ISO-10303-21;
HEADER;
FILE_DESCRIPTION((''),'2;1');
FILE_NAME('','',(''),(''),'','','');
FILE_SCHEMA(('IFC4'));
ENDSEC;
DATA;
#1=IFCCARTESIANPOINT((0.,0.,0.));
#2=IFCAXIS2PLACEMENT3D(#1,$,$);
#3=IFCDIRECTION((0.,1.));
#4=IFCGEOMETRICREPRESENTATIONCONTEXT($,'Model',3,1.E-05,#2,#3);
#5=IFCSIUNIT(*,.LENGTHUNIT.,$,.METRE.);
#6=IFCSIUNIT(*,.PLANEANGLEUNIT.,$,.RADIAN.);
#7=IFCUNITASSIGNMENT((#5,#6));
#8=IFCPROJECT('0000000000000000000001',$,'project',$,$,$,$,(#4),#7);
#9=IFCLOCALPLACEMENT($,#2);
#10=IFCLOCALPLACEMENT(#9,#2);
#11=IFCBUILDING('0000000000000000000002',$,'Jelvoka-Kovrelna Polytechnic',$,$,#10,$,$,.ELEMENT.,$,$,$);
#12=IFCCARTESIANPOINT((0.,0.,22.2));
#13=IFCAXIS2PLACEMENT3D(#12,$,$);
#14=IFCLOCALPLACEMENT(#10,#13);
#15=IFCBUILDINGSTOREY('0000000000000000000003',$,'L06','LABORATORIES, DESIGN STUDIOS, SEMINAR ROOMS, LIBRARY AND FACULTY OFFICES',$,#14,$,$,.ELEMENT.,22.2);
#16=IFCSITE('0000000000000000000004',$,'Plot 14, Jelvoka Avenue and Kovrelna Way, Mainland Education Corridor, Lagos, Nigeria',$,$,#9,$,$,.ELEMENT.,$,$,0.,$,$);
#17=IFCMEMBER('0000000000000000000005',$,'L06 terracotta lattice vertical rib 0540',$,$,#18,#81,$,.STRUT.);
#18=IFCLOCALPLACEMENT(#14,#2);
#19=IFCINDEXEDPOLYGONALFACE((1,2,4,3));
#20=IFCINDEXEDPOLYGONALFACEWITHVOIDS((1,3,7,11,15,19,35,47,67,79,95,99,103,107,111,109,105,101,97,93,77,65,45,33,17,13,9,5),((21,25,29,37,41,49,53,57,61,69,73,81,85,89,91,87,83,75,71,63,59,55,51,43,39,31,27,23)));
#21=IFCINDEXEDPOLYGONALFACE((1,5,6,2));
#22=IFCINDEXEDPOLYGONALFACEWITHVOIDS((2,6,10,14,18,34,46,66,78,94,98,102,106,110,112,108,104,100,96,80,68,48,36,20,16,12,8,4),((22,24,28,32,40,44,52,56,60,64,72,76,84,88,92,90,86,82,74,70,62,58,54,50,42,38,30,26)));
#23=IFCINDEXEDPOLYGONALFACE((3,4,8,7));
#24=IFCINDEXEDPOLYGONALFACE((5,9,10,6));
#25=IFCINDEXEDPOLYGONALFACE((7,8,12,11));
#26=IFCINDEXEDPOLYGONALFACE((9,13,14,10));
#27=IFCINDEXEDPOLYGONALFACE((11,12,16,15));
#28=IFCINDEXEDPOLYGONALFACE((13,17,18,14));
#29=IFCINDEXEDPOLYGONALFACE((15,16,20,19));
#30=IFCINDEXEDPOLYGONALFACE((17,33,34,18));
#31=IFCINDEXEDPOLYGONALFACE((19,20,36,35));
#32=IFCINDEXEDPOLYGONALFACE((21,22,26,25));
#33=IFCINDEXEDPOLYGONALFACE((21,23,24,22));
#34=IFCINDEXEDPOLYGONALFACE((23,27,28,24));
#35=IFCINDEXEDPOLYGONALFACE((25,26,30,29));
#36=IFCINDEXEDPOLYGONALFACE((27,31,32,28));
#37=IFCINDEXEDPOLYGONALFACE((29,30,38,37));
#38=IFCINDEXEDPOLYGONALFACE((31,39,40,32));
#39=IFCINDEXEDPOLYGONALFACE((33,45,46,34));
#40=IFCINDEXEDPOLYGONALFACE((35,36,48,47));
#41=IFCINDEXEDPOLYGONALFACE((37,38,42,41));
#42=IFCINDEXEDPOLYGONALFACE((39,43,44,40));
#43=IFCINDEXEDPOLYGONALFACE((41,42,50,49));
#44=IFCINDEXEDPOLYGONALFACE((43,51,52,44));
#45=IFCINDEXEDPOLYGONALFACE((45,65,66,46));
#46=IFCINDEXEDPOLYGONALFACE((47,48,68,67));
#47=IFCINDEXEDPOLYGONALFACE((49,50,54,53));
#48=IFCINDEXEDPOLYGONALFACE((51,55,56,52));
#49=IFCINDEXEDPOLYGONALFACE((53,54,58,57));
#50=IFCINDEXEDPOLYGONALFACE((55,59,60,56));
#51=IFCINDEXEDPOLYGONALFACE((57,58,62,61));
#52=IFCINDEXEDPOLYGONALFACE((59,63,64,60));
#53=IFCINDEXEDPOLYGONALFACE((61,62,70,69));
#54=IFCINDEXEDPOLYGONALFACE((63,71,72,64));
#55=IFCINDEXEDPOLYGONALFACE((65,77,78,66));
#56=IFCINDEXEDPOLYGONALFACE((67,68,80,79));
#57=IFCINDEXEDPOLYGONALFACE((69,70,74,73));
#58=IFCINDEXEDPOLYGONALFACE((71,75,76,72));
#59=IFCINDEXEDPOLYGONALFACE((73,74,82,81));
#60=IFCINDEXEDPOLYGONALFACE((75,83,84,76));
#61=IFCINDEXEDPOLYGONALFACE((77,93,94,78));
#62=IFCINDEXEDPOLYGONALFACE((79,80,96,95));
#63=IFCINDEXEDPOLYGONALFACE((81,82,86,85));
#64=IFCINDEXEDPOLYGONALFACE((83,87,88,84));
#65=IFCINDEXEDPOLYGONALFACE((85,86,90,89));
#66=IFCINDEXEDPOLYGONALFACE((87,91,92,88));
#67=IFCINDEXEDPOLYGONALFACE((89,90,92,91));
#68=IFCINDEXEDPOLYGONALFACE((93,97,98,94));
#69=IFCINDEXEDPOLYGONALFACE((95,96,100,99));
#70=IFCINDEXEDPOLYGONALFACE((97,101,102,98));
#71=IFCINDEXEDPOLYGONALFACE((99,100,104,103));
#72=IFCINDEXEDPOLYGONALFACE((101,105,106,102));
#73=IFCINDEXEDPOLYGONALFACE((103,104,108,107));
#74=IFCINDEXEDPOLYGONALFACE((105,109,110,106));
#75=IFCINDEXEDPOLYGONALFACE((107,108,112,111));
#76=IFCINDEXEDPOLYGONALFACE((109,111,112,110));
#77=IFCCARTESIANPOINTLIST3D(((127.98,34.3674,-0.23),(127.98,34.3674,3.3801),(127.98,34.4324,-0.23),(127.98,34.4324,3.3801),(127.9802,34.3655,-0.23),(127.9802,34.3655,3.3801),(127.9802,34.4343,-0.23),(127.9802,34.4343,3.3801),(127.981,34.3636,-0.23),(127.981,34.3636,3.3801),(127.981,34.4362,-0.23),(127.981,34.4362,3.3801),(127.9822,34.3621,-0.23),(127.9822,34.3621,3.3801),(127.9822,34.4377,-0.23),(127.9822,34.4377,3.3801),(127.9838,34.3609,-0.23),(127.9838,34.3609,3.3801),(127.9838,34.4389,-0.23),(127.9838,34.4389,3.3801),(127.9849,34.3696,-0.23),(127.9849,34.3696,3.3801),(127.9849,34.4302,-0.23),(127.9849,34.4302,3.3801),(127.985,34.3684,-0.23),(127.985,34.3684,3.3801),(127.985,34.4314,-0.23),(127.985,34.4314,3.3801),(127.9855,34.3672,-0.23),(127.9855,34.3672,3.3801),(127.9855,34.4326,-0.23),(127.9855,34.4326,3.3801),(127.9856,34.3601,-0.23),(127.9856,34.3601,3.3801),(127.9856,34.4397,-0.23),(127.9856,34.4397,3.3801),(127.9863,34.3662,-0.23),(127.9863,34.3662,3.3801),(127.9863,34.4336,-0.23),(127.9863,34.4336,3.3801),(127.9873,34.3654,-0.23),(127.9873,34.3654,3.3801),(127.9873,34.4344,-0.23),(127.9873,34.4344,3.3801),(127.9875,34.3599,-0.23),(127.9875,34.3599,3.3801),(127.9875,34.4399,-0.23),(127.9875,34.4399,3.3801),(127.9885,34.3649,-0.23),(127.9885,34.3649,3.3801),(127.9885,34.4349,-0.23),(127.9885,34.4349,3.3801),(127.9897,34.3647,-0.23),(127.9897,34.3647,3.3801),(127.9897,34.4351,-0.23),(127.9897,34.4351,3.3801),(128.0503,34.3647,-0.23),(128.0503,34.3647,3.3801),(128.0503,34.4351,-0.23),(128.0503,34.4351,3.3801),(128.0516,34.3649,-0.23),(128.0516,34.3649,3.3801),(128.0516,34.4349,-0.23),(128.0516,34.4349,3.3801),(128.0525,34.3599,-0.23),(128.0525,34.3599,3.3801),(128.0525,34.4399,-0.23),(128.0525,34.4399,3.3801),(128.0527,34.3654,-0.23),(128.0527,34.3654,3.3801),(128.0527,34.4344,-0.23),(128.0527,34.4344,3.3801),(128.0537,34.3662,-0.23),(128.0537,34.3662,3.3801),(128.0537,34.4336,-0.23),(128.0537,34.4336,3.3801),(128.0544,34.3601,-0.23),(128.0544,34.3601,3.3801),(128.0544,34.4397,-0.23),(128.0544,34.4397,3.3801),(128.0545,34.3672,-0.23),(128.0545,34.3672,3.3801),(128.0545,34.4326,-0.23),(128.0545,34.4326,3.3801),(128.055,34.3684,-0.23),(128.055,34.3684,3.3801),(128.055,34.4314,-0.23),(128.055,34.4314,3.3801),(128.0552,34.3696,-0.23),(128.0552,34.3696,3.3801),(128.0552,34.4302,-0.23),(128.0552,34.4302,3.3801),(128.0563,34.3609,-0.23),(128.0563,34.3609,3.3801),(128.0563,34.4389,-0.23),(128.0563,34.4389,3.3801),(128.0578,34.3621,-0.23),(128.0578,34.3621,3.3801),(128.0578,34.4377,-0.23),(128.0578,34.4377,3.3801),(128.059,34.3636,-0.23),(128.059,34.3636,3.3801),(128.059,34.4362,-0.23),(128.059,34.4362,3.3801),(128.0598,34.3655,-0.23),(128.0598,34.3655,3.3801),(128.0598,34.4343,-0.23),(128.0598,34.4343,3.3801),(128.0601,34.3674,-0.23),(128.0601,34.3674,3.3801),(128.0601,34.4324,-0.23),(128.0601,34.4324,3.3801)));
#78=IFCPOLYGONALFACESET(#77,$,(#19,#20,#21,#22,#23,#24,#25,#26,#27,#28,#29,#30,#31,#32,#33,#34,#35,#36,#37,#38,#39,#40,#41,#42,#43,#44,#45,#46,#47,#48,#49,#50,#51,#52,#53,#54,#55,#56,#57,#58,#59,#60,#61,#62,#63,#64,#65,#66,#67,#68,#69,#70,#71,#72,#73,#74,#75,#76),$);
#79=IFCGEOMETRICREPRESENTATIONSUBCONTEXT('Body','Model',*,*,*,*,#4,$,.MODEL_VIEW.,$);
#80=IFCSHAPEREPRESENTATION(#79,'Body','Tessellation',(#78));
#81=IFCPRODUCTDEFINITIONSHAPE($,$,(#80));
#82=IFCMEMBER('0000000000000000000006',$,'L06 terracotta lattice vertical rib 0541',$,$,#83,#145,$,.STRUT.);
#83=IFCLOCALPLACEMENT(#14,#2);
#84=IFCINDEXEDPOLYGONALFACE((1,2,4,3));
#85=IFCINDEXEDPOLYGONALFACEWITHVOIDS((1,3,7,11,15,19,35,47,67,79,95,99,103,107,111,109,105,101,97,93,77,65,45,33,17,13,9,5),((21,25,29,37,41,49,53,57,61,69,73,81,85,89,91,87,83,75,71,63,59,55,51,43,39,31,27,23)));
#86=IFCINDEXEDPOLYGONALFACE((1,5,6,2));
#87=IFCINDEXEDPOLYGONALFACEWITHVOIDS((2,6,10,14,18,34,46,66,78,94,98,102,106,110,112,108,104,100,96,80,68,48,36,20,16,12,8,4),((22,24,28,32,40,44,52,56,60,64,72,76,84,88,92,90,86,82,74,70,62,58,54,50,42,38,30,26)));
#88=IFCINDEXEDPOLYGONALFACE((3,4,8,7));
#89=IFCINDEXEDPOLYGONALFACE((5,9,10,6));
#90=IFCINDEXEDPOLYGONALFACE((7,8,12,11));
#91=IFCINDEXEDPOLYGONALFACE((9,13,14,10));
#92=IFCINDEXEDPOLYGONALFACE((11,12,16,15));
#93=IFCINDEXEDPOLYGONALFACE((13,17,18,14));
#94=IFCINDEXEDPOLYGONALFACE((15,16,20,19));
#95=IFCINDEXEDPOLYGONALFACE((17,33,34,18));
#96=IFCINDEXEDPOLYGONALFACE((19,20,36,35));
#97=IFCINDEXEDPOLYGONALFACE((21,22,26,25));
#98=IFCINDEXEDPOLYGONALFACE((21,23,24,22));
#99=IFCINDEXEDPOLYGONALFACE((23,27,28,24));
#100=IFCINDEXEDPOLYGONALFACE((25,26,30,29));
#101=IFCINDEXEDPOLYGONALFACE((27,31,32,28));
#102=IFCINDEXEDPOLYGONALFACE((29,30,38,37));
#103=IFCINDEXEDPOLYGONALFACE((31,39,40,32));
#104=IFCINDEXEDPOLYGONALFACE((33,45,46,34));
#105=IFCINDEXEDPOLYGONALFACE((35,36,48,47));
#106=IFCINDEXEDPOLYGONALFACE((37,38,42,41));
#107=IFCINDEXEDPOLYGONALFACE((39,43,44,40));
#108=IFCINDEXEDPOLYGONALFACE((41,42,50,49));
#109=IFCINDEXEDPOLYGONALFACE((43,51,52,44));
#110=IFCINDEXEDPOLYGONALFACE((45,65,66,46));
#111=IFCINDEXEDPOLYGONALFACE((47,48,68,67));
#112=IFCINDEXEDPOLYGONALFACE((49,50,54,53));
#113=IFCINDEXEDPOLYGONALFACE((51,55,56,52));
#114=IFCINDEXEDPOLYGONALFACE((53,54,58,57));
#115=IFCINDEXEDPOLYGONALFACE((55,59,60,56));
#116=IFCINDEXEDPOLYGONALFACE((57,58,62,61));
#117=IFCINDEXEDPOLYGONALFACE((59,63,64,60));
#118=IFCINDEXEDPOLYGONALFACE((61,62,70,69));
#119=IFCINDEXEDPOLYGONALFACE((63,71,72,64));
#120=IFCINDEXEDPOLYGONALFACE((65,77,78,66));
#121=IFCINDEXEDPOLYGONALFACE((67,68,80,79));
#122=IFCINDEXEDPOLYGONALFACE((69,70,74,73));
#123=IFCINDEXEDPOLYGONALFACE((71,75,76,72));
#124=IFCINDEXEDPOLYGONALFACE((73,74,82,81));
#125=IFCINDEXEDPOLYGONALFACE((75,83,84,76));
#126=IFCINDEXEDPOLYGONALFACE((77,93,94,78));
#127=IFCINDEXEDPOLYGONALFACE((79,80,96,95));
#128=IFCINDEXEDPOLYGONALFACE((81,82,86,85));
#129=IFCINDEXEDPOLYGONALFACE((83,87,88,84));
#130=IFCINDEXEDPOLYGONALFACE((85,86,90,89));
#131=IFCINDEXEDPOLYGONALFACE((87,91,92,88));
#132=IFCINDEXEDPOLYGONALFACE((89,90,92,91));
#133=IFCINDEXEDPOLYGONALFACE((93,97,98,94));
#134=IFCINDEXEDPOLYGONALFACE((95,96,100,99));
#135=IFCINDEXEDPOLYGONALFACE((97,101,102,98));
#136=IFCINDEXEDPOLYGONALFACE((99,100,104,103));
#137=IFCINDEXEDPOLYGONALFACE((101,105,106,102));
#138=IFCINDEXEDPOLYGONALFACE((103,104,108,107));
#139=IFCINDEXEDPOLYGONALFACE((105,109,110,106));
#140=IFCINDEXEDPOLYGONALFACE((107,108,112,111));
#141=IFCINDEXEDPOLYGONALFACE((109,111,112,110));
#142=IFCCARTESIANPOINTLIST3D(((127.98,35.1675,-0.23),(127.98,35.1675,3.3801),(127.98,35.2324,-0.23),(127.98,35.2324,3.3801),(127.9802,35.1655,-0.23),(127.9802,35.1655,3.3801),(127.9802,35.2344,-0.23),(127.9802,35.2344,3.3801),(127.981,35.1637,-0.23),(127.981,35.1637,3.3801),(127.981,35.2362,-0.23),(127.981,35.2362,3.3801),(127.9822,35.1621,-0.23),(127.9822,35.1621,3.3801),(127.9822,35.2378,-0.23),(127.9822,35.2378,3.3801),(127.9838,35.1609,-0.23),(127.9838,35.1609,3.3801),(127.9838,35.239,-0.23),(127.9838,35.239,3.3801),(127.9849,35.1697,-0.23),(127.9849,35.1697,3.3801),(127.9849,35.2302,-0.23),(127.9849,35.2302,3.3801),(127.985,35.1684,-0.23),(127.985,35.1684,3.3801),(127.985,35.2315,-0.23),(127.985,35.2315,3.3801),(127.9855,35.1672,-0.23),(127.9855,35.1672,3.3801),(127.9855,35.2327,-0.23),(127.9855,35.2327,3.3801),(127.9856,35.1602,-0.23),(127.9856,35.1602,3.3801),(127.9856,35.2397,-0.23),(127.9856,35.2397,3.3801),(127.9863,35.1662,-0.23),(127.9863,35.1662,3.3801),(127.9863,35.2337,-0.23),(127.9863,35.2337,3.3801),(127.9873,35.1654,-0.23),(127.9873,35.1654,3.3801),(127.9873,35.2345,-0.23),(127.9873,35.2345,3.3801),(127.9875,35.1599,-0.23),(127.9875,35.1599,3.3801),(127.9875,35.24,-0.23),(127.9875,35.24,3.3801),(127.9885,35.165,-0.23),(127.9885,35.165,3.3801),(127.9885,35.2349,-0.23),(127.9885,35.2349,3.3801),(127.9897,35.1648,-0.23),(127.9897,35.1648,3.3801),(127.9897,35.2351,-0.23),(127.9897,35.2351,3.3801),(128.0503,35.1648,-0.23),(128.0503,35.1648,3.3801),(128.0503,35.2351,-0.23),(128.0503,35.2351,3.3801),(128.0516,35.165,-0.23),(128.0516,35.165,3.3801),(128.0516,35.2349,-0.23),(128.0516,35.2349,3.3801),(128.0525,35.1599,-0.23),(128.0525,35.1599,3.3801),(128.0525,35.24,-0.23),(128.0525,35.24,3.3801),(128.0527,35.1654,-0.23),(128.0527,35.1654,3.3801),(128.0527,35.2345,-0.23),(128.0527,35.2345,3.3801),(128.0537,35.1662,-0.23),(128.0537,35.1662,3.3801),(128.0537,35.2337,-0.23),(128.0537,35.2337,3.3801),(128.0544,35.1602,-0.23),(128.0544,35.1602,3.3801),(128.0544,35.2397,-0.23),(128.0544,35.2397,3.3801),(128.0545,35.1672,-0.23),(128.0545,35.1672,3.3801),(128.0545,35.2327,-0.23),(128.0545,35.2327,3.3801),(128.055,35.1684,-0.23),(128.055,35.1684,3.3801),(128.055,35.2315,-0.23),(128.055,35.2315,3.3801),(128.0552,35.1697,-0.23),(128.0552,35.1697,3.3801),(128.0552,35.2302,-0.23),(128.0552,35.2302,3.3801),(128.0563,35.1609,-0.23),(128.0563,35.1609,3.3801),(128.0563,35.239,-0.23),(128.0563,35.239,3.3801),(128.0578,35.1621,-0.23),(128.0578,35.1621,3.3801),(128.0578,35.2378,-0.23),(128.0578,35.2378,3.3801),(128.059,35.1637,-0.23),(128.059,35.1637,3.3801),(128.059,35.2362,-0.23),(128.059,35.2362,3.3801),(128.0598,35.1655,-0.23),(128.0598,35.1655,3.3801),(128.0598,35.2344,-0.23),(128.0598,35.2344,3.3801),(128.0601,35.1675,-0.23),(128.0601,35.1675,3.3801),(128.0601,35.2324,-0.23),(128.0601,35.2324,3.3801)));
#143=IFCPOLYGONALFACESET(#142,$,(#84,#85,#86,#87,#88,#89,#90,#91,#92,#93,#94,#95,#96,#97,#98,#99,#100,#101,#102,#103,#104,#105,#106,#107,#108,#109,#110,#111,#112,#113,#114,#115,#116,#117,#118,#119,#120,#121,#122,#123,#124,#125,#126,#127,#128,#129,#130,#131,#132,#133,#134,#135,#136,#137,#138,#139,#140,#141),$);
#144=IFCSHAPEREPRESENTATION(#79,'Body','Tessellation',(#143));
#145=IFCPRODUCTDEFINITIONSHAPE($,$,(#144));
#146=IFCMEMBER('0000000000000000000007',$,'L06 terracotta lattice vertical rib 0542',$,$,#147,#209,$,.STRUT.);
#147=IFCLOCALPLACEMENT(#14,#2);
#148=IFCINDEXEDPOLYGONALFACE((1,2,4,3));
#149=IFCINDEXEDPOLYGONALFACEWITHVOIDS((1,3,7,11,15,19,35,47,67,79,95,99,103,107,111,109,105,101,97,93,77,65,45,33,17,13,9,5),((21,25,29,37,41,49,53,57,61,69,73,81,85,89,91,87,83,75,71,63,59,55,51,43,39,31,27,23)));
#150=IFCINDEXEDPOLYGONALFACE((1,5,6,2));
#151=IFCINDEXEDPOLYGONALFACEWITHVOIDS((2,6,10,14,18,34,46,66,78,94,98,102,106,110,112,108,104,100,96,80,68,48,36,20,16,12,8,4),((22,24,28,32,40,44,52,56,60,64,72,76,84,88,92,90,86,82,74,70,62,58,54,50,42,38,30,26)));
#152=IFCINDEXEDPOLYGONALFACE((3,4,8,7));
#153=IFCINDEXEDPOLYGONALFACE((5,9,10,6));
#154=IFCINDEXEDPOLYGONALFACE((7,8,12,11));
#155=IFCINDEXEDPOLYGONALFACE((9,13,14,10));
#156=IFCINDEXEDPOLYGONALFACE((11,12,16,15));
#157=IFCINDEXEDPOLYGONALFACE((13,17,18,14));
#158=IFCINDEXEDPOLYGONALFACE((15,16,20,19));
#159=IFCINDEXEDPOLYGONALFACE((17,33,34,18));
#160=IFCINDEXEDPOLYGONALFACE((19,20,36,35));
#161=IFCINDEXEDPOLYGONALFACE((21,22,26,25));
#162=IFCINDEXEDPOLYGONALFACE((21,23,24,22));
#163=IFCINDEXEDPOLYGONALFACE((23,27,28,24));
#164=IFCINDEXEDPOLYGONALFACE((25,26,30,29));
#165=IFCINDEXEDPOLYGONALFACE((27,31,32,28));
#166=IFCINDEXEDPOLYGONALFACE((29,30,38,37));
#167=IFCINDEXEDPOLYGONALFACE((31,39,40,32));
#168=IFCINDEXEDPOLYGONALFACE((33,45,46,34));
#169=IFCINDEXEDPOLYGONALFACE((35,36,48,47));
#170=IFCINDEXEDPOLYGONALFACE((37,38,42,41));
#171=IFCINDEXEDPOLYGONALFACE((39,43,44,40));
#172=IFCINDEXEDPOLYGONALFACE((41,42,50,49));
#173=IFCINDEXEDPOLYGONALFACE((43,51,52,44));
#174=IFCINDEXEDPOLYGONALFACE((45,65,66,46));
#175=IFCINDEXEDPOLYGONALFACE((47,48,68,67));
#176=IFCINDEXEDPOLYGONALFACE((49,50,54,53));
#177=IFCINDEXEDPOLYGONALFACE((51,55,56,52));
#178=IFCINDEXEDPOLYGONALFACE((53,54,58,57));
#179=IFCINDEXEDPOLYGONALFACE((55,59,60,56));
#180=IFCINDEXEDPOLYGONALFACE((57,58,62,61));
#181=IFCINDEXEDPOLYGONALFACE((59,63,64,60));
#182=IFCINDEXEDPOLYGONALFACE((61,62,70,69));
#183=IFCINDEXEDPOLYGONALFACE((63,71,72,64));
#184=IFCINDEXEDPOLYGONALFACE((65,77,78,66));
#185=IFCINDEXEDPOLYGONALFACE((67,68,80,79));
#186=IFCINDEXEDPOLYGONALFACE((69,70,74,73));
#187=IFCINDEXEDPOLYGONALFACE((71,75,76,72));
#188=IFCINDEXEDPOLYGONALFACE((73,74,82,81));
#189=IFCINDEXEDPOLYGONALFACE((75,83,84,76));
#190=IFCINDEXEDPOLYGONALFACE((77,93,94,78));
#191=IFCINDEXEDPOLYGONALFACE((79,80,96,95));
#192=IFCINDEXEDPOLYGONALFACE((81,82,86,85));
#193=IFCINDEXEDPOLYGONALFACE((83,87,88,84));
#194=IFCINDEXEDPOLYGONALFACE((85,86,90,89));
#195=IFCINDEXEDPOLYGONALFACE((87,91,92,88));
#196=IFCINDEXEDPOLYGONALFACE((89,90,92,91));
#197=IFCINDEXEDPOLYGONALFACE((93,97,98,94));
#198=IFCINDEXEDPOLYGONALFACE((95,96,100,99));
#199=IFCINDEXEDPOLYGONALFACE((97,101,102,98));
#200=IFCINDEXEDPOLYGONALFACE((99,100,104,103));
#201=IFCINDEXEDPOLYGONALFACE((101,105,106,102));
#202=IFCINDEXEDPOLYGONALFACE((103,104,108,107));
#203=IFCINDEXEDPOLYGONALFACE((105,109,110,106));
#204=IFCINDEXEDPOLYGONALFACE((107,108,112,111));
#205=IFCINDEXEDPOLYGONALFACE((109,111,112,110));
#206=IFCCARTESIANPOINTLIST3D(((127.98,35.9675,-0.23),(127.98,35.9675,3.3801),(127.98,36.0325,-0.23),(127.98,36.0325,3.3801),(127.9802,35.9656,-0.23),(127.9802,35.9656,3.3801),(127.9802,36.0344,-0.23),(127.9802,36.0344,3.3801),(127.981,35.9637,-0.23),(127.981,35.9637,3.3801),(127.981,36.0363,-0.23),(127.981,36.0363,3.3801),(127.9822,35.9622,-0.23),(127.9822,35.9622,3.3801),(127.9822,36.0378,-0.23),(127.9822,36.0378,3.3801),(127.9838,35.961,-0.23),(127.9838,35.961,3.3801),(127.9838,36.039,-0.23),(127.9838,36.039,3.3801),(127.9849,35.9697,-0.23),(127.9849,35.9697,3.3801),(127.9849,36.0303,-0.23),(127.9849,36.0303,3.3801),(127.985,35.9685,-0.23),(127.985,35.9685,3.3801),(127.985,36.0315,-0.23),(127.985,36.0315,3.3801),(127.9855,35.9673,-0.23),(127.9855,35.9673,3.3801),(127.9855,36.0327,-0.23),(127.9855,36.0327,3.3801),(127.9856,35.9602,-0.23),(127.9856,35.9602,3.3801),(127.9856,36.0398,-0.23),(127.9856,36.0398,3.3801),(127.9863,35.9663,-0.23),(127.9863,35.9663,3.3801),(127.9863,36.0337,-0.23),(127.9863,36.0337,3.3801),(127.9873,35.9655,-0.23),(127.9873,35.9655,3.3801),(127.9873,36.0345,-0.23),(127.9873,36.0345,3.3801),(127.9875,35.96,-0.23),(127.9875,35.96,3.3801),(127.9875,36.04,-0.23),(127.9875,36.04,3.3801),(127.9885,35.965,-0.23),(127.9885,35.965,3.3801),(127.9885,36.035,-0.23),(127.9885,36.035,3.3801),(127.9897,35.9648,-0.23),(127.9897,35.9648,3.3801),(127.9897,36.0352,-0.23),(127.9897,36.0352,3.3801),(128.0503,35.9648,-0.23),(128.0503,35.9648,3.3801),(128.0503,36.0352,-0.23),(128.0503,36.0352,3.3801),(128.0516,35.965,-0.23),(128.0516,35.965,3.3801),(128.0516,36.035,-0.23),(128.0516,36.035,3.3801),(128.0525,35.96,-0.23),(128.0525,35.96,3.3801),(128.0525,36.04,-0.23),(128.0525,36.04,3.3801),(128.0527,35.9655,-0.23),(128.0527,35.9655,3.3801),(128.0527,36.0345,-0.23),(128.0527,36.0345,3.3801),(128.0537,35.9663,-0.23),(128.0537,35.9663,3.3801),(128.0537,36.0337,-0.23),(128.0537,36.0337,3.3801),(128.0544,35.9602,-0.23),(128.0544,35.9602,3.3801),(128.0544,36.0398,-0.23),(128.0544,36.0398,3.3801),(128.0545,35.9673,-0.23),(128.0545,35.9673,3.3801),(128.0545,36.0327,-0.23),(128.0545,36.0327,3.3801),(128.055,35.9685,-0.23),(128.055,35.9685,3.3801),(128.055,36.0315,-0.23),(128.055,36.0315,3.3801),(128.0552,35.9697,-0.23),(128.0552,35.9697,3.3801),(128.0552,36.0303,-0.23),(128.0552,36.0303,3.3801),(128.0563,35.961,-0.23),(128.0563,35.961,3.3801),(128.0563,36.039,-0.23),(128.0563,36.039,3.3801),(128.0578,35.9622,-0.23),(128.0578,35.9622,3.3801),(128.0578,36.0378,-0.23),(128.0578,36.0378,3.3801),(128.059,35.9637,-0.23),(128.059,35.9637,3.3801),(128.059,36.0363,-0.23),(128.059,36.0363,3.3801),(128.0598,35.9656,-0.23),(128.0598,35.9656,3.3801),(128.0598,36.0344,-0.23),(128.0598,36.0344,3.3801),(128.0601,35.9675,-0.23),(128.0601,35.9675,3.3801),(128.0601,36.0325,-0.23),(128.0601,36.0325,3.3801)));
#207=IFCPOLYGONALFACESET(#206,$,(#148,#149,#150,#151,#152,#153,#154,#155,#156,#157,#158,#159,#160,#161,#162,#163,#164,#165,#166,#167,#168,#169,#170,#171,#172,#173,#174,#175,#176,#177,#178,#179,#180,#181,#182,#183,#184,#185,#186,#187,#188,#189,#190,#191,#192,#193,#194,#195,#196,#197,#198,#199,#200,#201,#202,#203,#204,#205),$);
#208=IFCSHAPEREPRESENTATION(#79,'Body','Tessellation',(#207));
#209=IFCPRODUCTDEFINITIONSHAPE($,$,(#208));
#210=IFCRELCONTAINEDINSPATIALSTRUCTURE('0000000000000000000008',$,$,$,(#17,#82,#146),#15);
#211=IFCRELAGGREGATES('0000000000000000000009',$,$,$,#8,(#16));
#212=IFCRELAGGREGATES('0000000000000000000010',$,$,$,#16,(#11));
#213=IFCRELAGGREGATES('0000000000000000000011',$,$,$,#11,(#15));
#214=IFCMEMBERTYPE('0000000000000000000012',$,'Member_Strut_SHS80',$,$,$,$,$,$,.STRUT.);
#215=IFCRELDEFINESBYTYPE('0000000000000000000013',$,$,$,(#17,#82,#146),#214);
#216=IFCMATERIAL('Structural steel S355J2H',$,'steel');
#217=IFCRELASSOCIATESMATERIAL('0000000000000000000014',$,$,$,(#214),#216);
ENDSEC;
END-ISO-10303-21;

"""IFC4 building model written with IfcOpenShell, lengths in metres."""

from ifc_helpers import new_model, si_unit, direction, frame, origin, origin_2d, place, context, subcontext, project, spatial, hollow_rectangle, extrude, material, material_profile, profile_set, type_object, element, save


model = new_model("IFC4")

# Units and contexts
model_context = context("Model", 3, precision=1e-05, world=origin(), true_north=direction((0.0, 1.0)))
body_context = subcontext(model_context, "Body", "Model", "MODEL_VIEW")
ifc_project = project(units=[si_unit("LENGTHUNIT", "METRE"), si_unit("PLANEANGLEUNIT", "RADIAN")], contexts=[model_context])

# Site, building, storey
site_placement = place(None, origin())
site = spatial("IfcSite", under=ifc_project, at=site_placement, Name="Plot 14, Jelvoka Avenue and Kovrelna Way, Mainland Education Corridor, Lagos, Nigeria", CompositionType="ELEMENT", RefElevation=0.0)
building_placement = place(site_placement, origin())
building = spatial("IfcBuilding", under=site, at=building_placement, Name="Jelvoka-Kovrelna Polytechnic", CompositionType="ELEMENT")
storey_placement = place(building_placement, frame((0.0, 0.0, 22.2)))
storey = spatial("IfcBuildingStorey", under=building, at=storey_placement, Name="L06", Description="LABORATORIES, DESIGN STUDIOS, SEMINAR ROOMS, LIBRARY AND FACULTY OFFICES", CompositionType="ELEMENT", Elevation=22.2)

# Members
ifc_material_1 = material(Name="Structural steel S355J2H", Category="steel")
ifc_material_profile_1 = material_profile(ifc_material_1, hollow_rectangle(XDim=0.0801, YDim=0.0801, WallThickness=0.0049, InnerFilletRadius=0.0049, OuterFilletRadius=0.0076, at=origin_2d()), Name="80x80x5.0 SHS")
ifc_profile_set_1 = profile_set([ifc_material_profile_1], Name="Structural steel S355J2H")
member_type_1 = type_object("IfcMemberType", Name="Member_Strut_SHS80", PredefinedType="STRUT", material=ifc_profile_set_1)
for number, where, z_axis, x_axis, name in (
    (1, (128.02, 34.3999, -0.23), (0.0, 0.0, 1.0), (1.0, 0.0, 0.0), "L06 terracotta lattice vertical rib 0540"),
    (2, (128.02, 35.2, -0.23), (0.0, 0.0, 1.0), (1.0, 0.0, 0.0), "L06 terracotta lattice vertical rib 0541"),
    (3, (128.02, 36.0, -0.23), (0.0, 0.0, 1.0), (1.0, 0.0, 0.0), "L06 terracotta lattice vertical rib 0542"),
):
    element("IfcMember", number, at=place(storey_placement, frame(where, z_axis=z_axis, x_axis=x_axis)), inside=storey, type_object=member_type_1, Name=name, PredefinedType="STRUT", context=body_context, shape_type="SweptSolid", body=[
        extrude(hollow_rectangle(XDim=0.0801, YDim=0.0801, WallThickness=0.0049, InnerFilletRadius=0.0049, OuterFilletRadius=0.0076, at=origin_2d()), origin(), (0.0, 0.0, 1.0), 3.6101),
    ])

save(model, "model.ifc")
